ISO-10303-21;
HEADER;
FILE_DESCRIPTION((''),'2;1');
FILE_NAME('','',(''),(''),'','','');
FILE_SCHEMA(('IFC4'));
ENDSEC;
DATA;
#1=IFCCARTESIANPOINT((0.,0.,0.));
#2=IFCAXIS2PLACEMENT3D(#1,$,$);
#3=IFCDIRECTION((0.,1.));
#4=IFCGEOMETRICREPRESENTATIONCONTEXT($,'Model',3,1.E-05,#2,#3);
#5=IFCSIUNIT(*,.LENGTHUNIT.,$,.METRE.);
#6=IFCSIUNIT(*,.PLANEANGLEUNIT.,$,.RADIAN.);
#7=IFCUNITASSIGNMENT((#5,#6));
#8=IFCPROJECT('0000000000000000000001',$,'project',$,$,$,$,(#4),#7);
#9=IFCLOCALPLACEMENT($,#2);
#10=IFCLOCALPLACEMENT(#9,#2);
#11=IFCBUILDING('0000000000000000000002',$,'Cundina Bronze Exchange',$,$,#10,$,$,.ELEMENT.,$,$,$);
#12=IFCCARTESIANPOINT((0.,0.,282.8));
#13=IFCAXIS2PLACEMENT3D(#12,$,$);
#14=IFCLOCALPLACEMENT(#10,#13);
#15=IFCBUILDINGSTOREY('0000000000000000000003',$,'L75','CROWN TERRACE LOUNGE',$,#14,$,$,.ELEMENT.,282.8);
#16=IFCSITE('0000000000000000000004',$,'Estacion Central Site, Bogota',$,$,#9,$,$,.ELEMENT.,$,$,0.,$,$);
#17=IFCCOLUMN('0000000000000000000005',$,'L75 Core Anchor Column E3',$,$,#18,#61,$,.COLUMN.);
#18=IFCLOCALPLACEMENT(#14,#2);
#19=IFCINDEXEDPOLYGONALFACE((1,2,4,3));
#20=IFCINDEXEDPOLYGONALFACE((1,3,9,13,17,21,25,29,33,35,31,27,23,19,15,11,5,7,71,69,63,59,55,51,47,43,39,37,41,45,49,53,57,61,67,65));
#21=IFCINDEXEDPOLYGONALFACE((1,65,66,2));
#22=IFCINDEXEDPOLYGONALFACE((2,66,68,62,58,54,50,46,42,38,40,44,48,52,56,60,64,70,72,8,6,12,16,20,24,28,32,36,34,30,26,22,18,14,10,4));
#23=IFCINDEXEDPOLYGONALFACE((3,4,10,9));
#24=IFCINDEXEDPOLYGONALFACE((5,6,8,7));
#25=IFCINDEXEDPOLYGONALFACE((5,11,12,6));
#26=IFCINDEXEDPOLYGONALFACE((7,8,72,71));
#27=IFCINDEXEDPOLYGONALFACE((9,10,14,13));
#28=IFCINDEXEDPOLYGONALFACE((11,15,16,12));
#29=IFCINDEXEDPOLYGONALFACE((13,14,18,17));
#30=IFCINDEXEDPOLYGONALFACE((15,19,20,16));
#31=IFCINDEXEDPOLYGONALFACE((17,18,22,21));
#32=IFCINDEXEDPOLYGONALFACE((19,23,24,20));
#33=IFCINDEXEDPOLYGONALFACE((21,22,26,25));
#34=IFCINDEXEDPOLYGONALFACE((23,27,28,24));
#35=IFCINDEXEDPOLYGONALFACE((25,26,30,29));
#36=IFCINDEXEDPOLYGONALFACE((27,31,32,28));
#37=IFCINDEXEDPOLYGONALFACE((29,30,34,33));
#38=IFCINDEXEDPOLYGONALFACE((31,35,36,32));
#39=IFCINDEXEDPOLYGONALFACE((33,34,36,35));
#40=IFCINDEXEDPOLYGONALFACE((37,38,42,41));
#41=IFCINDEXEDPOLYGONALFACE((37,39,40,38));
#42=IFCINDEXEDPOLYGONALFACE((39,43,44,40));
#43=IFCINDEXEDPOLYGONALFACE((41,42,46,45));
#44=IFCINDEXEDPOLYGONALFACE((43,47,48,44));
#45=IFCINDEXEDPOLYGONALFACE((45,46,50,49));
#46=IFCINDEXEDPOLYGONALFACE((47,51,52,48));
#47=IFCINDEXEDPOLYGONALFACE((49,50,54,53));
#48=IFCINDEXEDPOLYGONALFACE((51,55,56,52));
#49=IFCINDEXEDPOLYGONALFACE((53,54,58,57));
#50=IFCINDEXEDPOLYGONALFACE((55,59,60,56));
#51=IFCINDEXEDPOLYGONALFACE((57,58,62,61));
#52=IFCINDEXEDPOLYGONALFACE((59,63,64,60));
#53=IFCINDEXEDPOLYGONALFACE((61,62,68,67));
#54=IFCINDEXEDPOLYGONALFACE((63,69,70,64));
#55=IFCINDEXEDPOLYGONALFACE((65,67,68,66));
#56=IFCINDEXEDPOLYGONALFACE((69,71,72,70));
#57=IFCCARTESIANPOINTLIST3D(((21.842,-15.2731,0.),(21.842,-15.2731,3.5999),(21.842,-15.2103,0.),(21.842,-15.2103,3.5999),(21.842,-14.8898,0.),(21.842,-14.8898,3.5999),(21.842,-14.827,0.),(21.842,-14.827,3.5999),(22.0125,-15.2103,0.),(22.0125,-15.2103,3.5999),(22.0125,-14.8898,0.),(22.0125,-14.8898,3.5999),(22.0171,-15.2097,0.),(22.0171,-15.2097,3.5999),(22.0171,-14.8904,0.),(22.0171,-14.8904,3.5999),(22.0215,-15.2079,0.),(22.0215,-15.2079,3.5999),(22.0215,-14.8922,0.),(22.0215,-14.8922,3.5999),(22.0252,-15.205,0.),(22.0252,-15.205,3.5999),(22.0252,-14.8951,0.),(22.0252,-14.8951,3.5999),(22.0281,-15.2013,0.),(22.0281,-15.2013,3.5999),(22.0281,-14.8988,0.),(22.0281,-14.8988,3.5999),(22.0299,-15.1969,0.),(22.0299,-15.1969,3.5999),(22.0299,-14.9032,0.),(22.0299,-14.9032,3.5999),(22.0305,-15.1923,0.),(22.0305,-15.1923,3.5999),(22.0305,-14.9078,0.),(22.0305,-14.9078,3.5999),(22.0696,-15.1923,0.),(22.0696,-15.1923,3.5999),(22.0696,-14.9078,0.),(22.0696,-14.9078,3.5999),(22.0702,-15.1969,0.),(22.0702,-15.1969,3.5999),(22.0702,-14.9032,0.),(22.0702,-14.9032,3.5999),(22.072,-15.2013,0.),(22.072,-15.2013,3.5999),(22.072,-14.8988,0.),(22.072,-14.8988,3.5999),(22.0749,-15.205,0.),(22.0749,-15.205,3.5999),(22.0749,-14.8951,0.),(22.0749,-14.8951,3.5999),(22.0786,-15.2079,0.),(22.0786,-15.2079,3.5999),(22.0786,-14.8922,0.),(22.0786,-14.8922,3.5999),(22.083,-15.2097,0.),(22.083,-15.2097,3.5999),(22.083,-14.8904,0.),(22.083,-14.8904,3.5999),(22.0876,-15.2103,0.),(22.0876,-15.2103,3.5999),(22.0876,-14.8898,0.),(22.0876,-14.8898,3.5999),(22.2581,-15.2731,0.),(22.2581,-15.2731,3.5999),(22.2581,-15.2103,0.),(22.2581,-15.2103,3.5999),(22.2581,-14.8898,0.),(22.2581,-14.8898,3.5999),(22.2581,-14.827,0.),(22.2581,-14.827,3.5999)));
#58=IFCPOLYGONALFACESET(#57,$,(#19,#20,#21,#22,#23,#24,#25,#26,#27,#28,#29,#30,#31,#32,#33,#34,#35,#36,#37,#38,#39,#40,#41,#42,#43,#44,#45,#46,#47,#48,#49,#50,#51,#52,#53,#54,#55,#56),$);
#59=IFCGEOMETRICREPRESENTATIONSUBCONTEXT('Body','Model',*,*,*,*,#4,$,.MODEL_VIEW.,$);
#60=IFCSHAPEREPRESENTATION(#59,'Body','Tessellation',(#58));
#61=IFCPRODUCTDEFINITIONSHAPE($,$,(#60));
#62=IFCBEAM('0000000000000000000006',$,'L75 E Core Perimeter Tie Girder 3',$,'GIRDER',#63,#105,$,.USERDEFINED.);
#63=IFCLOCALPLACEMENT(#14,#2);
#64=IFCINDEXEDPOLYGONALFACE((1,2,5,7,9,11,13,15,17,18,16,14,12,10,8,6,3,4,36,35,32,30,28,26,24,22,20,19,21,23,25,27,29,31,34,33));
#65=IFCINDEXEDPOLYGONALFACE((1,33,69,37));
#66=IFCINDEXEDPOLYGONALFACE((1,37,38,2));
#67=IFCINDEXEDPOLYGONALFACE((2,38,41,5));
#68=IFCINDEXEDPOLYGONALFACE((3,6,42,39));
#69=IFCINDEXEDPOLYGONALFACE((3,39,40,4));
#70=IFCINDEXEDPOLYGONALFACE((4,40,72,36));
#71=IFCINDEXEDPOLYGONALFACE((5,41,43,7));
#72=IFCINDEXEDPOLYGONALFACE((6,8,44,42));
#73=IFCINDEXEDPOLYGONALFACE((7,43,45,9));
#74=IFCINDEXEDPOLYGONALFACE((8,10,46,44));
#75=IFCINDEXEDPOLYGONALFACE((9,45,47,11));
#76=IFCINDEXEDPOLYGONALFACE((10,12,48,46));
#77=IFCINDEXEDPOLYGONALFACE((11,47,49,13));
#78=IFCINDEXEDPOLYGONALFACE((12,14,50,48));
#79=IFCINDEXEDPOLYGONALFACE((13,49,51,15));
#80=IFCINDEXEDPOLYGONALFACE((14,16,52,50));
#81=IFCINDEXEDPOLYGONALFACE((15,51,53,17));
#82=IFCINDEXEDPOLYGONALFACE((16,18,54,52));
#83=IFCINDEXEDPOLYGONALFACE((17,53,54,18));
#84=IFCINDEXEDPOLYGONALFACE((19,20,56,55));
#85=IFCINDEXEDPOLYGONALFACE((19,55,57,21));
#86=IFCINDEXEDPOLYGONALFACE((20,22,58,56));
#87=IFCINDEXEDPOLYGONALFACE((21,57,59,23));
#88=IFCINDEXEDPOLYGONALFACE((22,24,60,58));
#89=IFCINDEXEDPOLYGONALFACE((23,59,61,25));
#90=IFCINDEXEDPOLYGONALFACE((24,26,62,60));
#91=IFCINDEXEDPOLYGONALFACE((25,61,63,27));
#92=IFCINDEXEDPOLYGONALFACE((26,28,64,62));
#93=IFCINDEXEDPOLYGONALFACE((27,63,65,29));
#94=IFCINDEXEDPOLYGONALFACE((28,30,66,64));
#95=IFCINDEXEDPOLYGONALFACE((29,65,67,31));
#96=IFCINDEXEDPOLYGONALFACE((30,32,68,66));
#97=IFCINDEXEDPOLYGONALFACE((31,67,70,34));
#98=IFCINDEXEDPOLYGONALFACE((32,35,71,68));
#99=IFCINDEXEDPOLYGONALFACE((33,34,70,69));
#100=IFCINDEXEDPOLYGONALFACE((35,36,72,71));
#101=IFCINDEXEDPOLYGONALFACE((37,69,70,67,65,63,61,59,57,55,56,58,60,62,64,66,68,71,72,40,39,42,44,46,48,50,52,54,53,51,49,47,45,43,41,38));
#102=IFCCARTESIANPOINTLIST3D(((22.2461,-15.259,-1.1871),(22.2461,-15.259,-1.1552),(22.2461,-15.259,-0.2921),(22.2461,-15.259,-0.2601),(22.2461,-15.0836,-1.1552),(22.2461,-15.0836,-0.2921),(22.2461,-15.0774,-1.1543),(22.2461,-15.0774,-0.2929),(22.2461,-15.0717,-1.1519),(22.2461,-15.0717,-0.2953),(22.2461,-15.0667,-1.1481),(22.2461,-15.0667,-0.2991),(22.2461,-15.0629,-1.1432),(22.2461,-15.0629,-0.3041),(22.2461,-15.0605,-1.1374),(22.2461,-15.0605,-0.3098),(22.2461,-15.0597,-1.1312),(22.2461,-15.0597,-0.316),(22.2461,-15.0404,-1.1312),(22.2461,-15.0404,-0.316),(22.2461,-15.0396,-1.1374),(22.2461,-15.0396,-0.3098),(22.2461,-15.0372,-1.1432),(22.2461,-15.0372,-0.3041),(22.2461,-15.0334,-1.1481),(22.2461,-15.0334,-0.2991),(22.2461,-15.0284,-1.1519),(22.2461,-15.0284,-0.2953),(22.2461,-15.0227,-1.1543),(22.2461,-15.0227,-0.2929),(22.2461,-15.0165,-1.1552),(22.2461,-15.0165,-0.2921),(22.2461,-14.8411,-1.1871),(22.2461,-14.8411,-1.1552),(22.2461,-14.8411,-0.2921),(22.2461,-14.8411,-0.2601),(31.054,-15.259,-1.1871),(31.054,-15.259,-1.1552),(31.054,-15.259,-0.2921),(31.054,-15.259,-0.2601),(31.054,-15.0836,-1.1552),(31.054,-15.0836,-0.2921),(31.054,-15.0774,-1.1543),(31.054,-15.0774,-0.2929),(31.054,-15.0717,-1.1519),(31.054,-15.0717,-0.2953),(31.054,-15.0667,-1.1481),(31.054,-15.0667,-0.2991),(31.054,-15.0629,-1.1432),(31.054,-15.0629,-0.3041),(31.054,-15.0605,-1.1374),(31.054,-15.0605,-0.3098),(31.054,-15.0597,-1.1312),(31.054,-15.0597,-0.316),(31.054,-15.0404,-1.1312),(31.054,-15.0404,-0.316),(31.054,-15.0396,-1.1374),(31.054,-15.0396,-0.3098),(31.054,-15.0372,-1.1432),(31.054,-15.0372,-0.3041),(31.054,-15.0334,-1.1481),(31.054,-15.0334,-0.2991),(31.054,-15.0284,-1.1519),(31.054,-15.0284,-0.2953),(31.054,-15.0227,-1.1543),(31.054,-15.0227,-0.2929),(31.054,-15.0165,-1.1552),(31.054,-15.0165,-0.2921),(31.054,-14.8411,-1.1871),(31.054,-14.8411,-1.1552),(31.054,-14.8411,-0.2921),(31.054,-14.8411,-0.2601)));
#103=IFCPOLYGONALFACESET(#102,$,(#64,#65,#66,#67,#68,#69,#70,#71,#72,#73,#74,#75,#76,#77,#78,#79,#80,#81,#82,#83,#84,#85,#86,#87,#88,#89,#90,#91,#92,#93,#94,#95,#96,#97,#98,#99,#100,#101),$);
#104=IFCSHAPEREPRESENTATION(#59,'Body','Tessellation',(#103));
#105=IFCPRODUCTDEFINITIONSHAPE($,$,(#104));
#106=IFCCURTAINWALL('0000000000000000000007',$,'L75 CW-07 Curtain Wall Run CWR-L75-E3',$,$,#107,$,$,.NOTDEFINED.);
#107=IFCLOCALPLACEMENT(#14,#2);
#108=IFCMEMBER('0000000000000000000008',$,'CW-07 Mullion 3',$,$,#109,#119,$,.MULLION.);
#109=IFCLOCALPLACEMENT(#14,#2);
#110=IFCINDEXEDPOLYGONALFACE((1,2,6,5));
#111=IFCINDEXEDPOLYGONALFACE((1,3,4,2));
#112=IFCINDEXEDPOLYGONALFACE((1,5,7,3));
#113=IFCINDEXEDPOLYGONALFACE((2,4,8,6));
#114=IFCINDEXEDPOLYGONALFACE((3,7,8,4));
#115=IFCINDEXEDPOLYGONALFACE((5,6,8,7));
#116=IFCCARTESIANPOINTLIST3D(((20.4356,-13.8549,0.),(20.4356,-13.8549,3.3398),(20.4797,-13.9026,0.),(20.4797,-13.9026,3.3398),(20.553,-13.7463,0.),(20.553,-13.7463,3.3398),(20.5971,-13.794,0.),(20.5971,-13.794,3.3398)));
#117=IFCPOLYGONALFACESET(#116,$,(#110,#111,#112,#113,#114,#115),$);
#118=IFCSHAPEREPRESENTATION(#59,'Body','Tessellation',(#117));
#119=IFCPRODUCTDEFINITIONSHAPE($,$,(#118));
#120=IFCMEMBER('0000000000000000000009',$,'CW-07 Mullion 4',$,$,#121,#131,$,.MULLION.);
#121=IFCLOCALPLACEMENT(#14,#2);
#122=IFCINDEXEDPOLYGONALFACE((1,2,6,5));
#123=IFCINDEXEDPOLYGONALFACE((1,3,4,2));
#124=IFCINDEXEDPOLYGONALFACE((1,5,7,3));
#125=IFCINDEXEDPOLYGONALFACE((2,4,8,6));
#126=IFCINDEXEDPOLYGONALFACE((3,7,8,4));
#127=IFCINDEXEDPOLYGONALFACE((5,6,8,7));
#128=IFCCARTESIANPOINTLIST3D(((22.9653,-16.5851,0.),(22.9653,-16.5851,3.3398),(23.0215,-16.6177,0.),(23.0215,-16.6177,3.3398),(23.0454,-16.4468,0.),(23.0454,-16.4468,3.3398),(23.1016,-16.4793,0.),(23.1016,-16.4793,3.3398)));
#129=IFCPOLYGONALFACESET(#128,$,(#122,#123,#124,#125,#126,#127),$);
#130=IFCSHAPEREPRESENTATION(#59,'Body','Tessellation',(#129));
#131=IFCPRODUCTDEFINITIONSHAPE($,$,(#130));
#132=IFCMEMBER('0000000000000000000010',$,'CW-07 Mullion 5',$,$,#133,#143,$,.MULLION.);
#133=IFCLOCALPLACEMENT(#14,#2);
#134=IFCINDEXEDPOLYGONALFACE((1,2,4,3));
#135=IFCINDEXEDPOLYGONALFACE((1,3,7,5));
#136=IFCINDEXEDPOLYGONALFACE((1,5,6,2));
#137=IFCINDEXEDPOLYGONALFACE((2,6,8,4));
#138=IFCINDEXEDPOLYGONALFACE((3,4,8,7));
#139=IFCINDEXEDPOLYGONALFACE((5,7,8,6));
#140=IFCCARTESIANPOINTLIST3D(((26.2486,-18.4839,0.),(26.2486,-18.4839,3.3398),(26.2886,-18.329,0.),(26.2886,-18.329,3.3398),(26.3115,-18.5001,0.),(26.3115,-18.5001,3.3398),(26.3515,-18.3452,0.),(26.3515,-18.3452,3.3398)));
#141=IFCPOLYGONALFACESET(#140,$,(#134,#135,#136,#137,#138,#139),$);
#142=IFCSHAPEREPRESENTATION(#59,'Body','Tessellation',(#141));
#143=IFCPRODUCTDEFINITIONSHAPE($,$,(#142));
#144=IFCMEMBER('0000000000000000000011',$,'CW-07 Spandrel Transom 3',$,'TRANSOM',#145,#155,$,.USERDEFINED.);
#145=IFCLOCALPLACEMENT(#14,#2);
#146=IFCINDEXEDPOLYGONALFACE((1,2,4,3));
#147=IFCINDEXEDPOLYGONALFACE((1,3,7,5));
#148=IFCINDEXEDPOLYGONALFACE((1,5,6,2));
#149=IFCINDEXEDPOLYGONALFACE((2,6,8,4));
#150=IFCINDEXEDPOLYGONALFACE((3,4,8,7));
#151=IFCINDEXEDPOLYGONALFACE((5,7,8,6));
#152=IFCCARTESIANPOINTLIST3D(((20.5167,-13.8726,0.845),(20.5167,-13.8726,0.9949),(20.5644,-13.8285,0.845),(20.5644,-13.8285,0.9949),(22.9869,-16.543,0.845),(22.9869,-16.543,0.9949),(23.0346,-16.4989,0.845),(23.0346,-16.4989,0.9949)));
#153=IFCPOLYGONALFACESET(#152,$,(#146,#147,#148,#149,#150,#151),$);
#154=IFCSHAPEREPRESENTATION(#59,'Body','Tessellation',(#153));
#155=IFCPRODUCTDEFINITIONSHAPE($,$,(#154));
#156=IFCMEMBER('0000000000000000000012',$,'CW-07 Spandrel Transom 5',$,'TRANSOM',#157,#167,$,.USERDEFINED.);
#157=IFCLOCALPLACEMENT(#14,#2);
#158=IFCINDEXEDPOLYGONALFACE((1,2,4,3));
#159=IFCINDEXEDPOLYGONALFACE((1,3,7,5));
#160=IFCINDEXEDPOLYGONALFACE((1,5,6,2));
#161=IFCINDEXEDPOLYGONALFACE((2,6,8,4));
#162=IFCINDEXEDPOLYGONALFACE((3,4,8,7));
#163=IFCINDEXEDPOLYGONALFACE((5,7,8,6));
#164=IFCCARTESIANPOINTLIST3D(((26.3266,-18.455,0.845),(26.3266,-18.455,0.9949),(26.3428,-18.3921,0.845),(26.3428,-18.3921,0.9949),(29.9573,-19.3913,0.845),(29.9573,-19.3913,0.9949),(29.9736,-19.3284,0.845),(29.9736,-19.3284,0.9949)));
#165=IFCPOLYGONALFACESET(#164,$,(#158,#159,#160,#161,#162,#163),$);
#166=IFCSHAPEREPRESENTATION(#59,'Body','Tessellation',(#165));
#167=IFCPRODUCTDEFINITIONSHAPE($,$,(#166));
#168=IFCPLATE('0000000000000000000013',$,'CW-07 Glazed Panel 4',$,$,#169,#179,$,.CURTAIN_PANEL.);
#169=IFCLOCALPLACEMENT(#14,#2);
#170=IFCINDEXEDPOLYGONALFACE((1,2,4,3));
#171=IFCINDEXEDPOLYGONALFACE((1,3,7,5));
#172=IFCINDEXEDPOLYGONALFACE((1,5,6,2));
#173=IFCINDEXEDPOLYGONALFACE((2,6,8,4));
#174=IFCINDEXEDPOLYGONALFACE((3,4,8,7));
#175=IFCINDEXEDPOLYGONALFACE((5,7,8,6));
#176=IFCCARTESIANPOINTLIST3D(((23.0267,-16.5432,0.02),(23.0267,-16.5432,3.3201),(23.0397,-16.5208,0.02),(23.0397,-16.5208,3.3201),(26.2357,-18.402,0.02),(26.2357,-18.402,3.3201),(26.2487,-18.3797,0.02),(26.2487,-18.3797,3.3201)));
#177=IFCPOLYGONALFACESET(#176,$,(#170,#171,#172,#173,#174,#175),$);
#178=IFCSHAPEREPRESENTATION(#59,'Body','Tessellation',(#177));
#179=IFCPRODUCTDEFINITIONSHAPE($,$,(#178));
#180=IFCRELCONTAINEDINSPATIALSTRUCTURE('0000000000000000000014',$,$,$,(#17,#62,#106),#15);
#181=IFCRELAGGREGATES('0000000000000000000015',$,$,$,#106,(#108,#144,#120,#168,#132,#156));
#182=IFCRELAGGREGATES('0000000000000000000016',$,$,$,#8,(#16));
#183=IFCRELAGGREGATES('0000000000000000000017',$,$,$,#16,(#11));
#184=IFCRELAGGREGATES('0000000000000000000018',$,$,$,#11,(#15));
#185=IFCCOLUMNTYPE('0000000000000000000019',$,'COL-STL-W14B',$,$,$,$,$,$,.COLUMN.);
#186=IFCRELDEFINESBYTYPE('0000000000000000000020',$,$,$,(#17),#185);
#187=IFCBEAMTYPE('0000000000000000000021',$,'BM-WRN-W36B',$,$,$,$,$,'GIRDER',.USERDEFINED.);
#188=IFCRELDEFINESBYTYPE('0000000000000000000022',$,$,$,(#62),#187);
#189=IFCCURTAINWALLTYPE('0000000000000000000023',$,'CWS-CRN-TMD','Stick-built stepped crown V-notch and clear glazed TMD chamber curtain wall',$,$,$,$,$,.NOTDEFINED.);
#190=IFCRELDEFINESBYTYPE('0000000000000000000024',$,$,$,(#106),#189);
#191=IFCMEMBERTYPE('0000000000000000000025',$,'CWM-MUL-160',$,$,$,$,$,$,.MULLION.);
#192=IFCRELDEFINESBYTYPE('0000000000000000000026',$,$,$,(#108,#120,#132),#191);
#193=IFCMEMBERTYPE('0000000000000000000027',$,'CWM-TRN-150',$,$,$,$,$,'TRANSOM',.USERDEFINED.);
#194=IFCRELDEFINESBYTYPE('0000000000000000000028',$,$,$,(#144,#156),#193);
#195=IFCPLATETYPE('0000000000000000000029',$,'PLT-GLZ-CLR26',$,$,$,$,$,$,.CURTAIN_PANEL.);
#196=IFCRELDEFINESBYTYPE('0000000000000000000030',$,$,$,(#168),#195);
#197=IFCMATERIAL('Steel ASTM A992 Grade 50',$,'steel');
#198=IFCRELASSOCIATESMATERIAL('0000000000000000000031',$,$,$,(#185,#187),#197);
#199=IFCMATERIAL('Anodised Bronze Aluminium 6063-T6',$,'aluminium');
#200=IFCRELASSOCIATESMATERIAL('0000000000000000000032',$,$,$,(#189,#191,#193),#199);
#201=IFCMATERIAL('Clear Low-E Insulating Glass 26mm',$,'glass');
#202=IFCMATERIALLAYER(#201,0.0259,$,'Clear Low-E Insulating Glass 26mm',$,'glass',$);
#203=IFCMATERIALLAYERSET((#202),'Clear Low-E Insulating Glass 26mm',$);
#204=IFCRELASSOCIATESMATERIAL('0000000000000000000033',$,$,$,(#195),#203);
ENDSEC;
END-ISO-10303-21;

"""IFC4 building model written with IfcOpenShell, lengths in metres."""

from ifc_helpers import new_model, si_unit, direction, frame, origin, origin_2d, place, context, subcontext, project, spatial, rectangle, i_section, extrude, material, layer, layer_set, material_profile, profile_set, type_object, element, aggregate, save


model = new_model("IFC4")

# Units and contexts
model_context = context("Model", 3, precision=1e-05, world=origin(), true_north=direction((0.0, 1.0)))
body_context = subcontext(model_context, "Body", "Model", "MODEL_VIEW")
ifc_project = project(units=[si_unit("LENGTHUNIT", "METRE"), si_unit("PLANEANGLEUNIT", "RADIAN")], contexts=[model_context])

# Site, building, storey
site_placement = place(None, origin())
site = spatial("IfcSite", under=ifc_project, at=site_placement, Name="Estacion Central Site, Bogota", CompositionType="ELEMENT", RefElevation=0.0)
building_placement = place(site_placement, origin())
building = spatial("IfcBuilding", under=site, at=building_placement, Name="Cundina Bronze Exchange", CompositionType="ELEMENT")
storey_placement = place(building_placement, frame((0.0, 0.0, 282.8)))
storey = spatial("IfcBuildingStorey", under=building, at=storey_placement, Name="L75", Description="CROWN TERRACE LOUNGE", CompositionType="ELEMENT", Elevation=282.8)

# Column
ifc_material_1 = material(Name="Steel ASTM A992 Grade 50", Category="steel")
ifc_material_profile_1 = material_profile(ifc_material_1, i_section(OverallWidth=0.416, OverallDepth=0.446, WebThickness=0.0391, FlangeThickness=0.0627, FilletRadius=0.0181, at=origin_2d()), Name="W14X342", Category="steel")
ifc_profile_set_1 = profile_set([ifc_material_profile_1], Name="Steel ASTM A992 Grade 50")
column_type = type_object("IfcColumnType", Name="COL-STL-W14B", PredefinedType="COLUMN", material=ifc_profile_set_1)
column_placement = place(storey_placement, frame((22.05, -15.05, 0.0), z_axis=(0.0, 0.0, 1.0), x_axis=(1.0, 0.0, 0.0)))
element("IfcColumn", 1, at=column_placement, inside=storey, type_object=column_type, Name="L75 Core Anchor Column E3", PredefinedType="COLUMN", context=body_context, shape_type="SweptSolid", body=[
    extrude(i_section(OverallWidth=0.416, OverallDepth=0.446, WebThickness=0.0391, FlangeThickness=0.0627, FilletRadius=0.0181, at=origin_2d()), origin(), (0.0, 0.0, 1.0), 3.5999),
])

# Beam
ifc_material_profile_2 = material_profile(ifc_material_1, i_section(OverallWidth=0.418, OverallDepth=0.927, WebThickness=0.0193, FlangeThickness=0.032, FilletRadius=0.0239, at=origin_2d()), Name="W36X231", Category="steel")
ifc_profile_set_2 = profile_set([ifc_material_profile_2], Name="Steel ASTM A992 Grade 50")
beam_type = type_object("IfcBeamType", Name="BM-WRN-W36B", ElementType="GIRDER", PredefinedType="USERDEFINED", material=ifc_profile_set_2)
beam_placement = place(storey_placement, frame((22.2461, -15.05, -0.7236), z_axis=(1.0, 0.0, 0.0), x_axis=(0.0, 1.0, 0.0)))
element("IfcBeam", 2, at=beam_placement, inside=storey, type_object=beam_type, Name="L75 E Core Perimeter Tie Girder 3", ObjectType="GIRDER", PredefinedType="USERDEFINED", context=body_context, shape_type="SweptSolid", body=[
    extrude(i_section(OverallWidth=0.418, OverallDepth=0.927, WebThickness=0.0193, FlangeThickness=0.032, FilletRadius=0.0239, at=origin_2d()), origin(), (0.0, 0.0, 1.0), 8.8079),
])

# Curtain wall, members, plate
ifc_material_2 = material(Name="Anodised Bronze Aluminium 6063-T6", Category="aluminium")
curtain_wall_type = type_object("IfcCurtainWallType", Name="CWS-CRN-TMD", Description="Stick-built stepped crown V-notch and clear glazed TMD chamber curtain wall", PredefinedType="NOTDEFINED", material=ifc_material_2)
curtain_wall_placement = place(storey_placement, origin())
curtain_wall = element("IfcCurtainWall", 3, at=curtain_wall_placement, inside=storey, type_object=curtain_wall_type, Name="L75 CW-07 Curtain Wall Run CWR-L75-E3", PredefinedType="NOTDEFINED")
ifc_material_profile_3 = material_profile(ifc_material_2, rectangle(XDim=0.0649, YDim=0.1599, at=origin_2d()), Name="AL65X160", Category="aluminium")
ifc_profile_set_3 = profile_set([ifc_material_profile_3], Name="Anodised Bronze Aluminium 6063-T6")
member_type_1 = type_object("IfcMemberType", Name="CWM-MUL-160", PredefinedType="MULLION", material=ifc_profile_set_3)
member_1_placement = place(storey_placement, frame((20.5164, -13.8245, 0.0), z_axis=(0.0, 0.0, 1.0), x_axis=(0.679057, -0.734086, 0.0)))
member_1 = element("IfcMember", 4, at=member_1_placement, type_object=member_type_1, Name="CW-07 Mullion 3", PredefinedType="MULLION", context=body_context, shape_type="SweptSolid", body=[
    extrude(rectangle(XDim=0.0649, YDim=0.1599, at=origin_2d()), origin(), (0.0, 0.0, 1.0), 3.3398),
])
member_2_placement = place(storey_placement, frame((23.0334, -16.5322, 0.0), z_axis=(0.0, 0.0, 1.0), x_axis=(0.865326, -0.501209, 0.0)))
member_2 = element("IfcMember", 5, at=member_2_placement, type_object=member_type_1, Name="CW-07 Mullion 4", PredefinedType="MULLION", context=body_context, shape_type="SweptSolid", body=[
    extrude(rectangle(XDim=0.0649, YDim=0.1599, at=origin_2d()), origin(), (0.0, 0.0, 1.0), 3.3398),
])
member_3_placement = place(storey_placement, frame((26.3, -18.4146, 0.0), z_axis=(0.0, 0.0, 1.0), x_axis=(0.968322, -0.249704, 0.0)))
member_3 = element("IfcMember", 6, at=member_3_placement, type_object=member_type_1, Name="CW-07 Mullion 5", PredefinedType="MULLION", context=body_context, shape_type="SweptSolid", body=[
    extrude(rectangle(XDim=0.0649, YDim=0.1599, at=origin_2d()), origin(), (0.0, 0.0, 1.0), 3.3398),
])
ifc_material_profile_4 = material_profile(ifc_material_2, rectangle(XDim=0.0649, YDim=0.1499, at=origin_2d()), Name="AL65X150", Category="aluminium")
ifc_profile_set_4 = profile_set([ifc_material_profile_4], Name="Anodised Bronze Aluminium 6063-T6")
member_type_2 = type_object("IfcMemberType", Name="CWM-TRN-150", ElementType="TRANSOM", PredefinedType="USERDEFINED", material=ifc_profile_set_4)
member_4_placement = place(storey_placement, frame((20.5405, -13.8506, 0.9199), z_axis=(0.679055, -0.734088, 0.0), x_axis=(0.734088, 0.679055, 0.0)))
member_4 = element("IfcMember", 7, at=member_4_placement, type_object=member_type_2, Name="CW-07 Spandrel Transom 3", ObjectType="TRANSOM", PredefinedType="USERDEFINED", context=body_context, shape_type="SweptSolid", body=[
    extrude(rectangle(XDim=0.0649, YDim=0.1499, at=origin_2d()), origin(), (0.0, 0.0, 1.0), 3.6377),
])
member_5_placement = place(storey_placement, frame((26.3347, -18.4236, 0.9199), z_axis=(0.968319, -0.249715, 0.0), x_axis=(0.249715, 0.968319, 0.0)))
member_5 = element("IfcMember", 8, at=member_5_placement, type_object=member_type_2, Name="CW-07 Spandrel Transom 5", ObjectType="TRANSOM", PredefinedType="USERDEFINED", context=body_context, shape_type="SweptSolid", body=[
    extrude(rectangle(XDim=0.0649, YDim=0.1499, at=origin_2d()), origin(), (0.0, 0.0, 1.0), 3.7495),
])
ifc_material_3 = material(Name="Clear Low-E Insulating Glass 26mm", Category="glass")
ifc_layer_1 = layer(ifc_material_3, 0.0259, Name="Clear Low-E Insulating Glass 26mm", Category="glass")
ifc_layer_set_1 = layer_set([ifc_layer_1], Name="Clear Low-E Insulating Glass 26mm")
plate_type_1 = type_object("IfcPlateType", Name="PLT-GLZ-CLR26", PredefinedType="CURTAIN_PANEL", material=ifc_layer_set_1)
plate_1_placement = place(storey_placement, frame((24.6377, -17.4614, 0.02), z_axis=(0.0, 0.0, 1.0), x_axis=(0.865309, -0.501239, 0.0)))
plate_1 = element("IfcPlate", 9, at=plate_1_placement, type_object=plate_type_1, Name="CW-07 Glazed Panel 4", PredefinedType="CURTAIN_PANEL", context=body_context, shape_type="SweptSolid", body=[
    extrude(rectangle(XDim=3.7085, YDim=0.0259, at=origin_2d()), origin(), (0.0, 0.0, 1.0), 3.3),
])
aggregate(curtain_wall, [member_1, member_4, member_2, plate_1, member_3, member_5])

save(model, "model.ifc")
